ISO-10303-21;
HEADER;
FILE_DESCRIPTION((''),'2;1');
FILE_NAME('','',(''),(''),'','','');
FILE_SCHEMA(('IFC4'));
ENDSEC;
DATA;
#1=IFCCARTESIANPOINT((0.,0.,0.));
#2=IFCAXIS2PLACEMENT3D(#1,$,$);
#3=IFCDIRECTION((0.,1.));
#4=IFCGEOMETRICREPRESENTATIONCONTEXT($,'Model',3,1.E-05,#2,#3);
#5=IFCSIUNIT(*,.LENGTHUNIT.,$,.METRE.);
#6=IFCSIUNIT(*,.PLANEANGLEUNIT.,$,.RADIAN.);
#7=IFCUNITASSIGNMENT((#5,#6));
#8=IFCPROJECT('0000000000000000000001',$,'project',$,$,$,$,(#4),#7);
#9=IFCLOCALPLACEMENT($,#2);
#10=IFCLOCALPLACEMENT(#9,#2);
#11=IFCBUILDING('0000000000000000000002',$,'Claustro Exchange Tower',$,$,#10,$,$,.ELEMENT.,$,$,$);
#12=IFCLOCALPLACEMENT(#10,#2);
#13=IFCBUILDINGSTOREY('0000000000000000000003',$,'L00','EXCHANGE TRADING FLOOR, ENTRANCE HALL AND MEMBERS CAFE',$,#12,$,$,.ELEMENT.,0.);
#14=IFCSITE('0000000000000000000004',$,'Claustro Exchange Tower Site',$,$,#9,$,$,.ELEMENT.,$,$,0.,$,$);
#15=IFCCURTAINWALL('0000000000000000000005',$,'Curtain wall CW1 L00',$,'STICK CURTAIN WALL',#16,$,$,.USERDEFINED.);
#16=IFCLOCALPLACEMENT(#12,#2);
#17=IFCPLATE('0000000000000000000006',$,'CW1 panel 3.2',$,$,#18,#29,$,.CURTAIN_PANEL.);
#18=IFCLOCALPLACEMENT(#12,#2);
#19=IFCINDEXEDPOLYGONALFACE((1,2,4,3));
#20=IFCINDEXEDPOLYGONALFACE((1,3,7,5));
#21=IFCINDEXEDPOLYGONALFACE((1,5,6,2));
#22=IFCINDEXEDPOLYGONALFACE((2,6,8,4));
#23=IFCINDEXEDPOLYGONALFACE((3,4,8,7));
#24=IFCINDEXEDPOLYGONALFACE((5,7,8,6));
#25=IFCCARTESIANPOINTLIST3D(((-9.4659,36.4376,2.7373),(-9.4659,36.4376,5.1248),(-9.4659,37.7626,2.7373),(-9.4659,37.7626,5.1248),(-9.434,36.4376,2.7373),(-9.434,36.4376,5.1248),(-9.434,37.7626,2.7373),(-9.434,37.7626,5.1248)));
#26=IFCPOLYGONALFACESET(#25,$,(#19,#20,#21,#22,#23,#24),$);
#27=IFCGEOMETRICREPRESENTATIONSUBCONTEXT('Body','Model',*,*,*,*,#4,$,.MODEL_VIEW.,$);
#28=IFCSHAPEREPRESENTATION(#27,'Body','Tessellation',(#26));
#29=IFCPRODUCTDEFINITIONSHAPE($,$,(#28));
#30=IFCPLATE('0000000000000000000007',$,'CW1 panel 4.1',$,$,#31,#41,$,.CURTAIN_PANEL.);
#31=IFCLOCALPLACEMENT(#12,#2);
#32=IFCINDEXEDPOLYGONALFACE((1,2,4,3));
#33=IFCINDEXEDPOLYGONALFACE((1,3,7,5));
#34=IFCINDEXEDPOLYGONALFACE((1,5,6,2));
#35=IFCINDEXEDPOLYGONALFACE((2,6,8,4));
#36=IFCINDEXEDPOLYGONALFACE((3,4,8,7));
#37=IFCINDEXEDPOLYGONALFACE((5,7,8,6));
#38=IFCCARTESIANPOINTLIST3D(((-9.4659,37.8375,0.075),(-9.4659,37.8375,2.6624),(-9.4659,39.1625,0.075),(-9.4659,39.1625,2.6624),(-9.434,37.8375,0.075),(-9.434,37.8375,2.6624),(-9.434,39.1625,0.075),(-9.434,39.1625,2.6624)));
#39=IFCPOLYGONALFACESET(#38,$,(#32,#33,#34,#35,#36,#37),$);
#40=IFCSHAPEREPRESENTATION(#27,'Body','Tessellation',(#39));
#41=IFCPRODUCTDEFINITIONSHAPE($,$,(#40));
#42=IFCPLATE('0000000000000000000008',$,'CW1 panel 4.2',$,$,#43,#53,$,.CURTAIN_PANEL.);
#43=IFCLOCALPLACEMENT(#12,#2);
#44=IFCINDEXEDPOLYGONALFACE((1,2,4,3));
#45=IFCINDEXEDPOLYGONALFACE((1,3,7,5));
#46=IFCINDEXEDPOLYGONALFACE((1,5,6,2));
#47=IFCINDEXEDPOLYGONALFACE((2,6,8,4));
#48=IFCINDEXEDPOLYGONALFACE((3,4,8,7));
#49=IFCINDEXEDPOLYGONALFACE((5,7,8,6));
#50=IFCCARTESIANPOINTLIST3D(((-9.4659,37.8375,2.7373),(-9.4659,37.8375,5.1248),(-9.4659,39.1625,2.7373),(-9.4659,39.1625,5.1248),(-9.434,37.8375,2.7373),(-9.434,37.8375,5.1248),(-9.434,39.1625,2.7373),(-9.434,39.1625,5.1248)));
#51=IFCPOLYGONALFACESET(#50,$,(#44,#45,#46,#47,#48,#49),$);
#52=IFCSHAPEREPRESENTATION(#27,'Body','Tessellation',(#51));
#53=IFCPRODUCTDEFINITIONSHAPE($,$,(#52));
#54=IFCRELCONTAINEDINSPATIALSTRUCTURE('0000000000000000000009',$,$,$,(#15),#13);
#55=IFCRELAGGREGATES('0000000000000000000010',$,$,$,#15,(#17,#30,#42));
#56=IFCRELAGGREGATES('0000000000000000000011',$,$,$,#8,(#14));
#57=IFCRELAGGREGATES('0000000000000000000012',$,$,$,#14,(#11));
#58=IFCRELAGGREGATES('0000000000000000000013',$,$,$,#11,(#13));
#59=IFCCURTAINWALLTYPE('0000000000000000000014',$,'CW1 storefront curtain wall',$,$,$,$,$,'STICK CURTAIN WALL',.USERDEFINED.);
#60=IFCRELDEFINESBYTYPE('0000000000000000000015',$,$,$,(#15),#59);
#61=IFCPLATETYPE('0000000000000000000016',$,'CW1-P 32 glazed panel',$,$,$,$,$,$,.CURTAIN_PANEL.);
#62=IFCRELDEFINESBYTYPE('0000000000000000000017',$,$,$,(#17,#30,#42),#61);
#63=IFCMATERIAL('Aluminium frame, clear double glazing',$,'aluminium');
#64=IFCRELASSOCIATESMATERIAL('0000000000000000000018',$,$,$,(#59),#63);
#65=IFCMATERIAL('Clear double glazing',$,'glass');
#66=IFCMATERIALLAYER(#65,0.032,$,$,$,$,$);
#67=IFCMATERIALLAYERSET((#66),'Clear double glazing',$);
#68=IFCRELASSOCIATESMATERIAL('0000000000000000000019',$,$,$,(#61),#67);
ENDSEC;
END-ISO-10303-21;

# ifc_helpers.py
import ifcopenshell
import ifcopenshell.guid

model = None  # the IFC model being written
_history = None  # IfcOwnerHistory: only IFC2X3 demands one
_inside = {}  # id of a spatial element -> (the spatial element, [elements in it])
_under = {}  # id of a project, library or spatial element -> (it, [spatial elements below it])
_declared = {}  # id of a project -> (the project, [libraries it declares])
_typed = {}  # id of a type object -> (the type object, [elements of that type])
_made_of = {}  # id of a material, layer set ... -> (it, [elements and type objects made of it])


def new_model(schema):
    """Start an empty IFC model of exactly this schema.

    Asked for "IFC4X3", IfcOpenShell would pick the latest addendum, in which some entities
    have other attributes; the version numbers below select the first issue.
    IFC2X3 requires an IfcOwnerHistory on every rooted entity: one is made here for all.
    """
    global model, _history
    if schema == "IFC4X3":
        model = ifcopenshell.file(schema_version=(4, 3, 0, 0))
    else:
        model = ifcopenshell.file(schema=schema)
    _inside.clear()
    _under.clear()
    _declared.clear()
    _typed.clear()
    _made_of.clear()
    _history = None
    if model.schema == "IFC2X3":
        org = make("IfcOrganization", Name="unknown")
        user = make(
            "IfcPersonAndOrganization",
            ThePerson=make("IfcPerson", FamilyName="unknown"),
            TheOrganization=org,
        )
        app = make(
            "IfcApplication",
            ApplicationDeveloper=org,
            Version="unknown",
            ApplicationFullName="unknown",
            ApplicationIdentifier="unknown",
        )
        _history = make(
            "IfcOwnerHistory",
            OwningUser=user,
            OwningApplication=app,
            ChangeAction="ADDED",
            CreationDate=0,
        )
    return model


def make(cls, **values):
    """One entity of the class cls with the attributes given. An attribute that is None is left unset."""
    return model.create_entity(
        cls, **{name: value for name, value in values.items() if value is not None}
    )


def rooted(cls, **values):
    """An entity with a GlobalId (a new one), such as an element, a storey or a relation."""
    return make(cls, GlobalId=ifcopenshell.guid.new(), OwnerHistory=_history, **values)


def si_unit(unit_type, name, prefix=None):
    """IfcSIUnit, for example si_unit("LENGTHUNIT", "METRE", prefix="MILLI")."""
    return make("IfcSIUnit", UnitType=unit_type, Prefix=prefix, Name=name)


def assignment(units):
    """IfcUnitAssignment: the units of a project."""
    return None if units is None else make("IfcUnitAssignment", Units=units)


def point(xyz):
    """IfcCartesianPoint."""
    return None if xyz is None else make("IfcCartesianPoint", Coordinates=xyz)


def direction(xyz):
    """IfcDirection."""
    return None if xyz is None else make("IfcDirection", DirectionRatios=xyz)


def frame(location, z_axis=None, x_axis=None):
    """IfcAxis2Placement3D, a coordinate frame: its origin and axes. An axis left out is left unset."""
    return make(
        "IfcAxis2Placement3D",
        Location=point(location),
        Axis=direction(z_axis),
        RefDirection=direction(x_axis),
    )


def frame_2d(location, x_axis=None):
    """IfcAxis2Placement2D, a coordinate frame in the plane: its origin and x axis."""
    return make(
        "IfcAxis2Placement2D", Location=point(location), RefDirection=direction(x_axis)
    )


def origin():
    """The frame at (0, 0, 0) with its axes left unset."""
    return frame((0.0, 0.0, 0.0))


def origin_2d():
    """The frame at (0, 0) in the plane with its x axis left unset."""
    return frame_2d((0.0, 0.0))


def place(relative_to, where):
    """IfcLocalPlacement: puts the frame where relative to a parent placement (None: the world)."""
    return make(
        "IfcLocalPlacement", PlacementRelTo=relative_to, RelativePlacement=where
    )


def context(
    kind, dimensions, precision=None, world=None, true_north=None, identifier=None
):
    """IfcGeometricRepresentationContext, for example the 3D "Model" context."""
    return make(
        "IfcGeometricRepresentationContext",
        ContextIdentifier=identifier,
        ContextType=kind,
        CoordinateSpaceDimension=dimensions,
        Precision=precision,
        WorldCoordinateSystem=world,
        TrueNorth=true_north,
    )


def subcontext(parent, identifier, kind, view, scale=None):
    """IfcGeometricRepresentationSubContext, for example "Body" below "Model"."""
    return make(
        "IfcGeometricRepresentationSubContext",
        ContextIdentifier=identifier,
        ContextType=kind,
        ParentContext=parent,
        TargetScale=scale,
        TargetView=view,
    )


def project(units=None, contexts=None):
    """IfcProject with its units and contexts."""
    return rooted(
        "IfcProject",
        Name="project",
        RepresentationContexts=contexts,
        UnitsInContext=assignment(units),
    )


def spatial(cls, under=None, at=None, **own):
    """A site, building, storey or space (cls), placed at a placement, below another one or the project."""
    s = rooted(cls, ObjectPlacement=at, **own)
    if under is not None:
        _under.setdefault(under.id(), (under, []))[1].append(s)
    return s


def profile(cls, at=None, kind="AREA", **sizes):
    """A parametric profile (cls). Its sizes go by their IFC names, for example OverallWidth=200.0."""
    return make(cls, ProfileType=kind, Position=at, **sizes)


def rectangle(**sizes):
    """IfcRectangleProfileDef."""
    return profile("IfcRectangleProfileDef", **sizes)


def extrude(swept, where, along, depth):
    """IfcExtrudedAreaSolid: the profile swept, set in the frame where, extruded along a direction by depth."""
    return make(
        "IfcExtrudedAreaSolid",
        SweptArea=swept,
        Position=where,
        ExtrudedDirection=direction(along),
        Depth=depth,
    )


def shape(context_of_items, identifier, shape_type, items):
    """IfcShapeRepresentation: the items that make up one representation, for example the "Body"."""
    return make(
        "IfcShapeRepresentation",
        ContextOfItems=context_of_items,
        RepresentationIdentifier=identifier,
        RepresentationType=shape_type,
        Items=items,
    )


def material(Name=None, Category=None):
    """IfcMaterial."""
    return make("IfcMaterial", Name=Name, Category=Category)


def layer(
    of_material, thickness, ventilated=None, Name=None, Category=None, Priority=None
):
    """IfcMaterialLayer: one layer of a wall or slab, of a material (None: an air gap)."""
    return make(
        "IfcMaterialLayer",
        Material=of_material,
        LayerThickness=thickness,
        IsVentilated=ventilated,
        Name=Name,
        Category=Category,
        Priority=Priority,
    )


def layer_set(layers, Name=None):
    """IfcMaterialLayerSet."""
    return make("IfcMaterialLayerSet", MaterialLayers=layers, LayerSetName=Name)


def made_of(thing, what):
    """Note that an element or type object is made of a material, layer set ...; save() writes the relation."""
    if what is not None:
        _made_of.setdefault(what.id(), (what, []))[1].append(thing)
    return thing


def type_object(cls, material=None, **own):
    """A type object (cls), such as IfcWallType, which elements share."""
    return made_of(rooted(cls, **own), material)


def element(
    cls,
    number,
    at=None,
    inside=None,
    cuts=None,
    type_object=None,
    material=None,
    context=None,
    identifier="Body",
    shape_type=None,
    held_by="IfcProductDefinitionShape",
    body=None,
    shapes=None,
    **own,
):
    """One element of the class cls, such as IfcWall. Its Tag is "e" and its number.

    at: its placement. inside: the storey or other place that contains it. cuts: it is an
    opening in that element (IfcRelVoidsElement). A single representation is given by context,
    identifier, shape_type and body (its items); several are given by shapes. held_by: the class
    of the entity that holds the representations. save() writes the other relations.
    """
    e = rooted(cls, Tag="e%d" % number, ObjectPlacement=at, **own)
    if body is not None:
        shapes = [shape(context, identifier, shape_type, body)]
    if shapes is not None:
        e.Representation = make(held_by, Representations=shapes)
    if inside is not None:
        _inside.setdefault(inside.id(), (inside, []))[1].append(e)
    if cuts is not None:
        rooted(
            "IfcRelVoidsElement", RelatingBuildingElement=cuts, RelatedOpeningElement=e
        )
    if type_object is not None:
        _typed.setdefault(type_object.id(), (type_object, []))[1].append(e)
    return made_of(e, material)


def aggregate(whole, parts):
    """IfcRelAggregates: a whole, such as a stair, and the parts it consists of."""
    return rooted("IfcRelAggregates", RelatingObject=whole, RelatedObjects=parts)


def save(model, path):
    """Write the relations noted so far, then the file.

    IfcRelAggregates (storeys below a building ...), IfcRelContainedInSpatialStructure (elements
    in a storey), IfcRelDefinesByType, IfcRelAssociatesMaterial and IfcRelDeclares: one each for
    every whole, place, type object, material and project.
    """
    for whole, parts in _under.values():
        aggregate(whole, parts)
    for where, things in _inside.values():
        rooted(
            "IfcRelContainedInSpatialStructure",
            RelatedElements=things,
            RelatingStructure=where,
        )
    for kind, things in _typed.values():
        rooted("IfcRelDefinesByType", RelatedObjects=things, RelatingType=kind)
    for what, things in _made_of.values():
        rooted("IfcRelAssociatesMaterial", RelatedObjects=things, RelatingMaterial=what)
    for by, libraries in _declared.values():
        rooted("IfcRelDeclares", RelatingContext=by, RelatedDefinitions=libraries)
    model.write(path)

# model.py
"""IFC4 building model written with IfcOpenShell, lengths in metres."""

from ifc_helpers import new_model, si_unit, direction, frame, origin, origin_2d, place, context, subcontext, project, spatial, rectangle, extrude, material, layer, layer_set, type_object, element, aggregate, save


model = new_model("IFC4")

# Units and contexts
model_context = context("Model", 3, precision=1e-05, world=origin(), true_north=direction((0.0, 1.0)))
body_context = subcontext(model_context, "Body", "Model", "MODEL_VIEW")
ifc_project = project(units=[si_unit("LENGTHUNIT", "METRE"), si_unit("PLANEANGLEUNIT", "RADIAN")], contexts=[model_context])

# Site, building, storey
site_placement = place(None, origin())
site = spatial("IfcSite", under=ifc_project, at=site_placement, Name="Claustro Exchange Tower Site", CompositionType="ELEMENT", RefElevation=0.0)
building_placement = place(site_placement, origin())
building = spatial("IfcBuilding", under=site, at=building_placement, Name="Claustro Exchange Tower", CompositionType="ELEMENT")
storey_placement = place(building_placement, origin())
storey = spatial("IfcBuildingStorey", under=building, at=storey_placement, Name="L00", Description="EXCHANGE TRADING FLOOR, ENTRANCE HALL AND MEMBERS CAFE", CompositionType="ELEMENT", Elevation=0.0)

# Curtain wall, plates
ifc_material_1 = material(Name="Aluminium frame, clear double glazing", Category="aluminium")
curtain_wall_type = type_object("IfcCurtainWallType", Name="CW1 storefront curtain wall", ElementType="STICK CURTAIN WALL", PredefinedType="USERDEFINED", material=ifc_material_1)
curtain_wall_placement = place(storey_placement, origin())
curtain_wall = element("IfcCurtainWall", 1, at=curtain_wall_placement, inside=storey, type_object=curtain_wall_type, Name="Curtain wall CW1 L00", ObjectType="STICK CURTAIN WALL", PredefinedType="USERDEFINED")
ifc_material_2 = material(Name="Clear double glazing", Category="glass")
ifc_layer = layer(ifc_material_2, 0.032)
ifc_layer_set = layer_set([ifc_layer], Name="Clear double glazing")
plate_type = type_object("IfcPlateType", Name="CW1-P 32 glazed panel", PredefinedType="CURTAIN_PANEL", material=ifc_layer_set)
plate_1_placement = place(storey_placement, frame((-9.45, 37.1001, 2.7373), z_axis=(0.0, 0.0, 1.0), x_axis=(0.0, 1.0, 0.0)))
plate_1 = element("IfcPlate", 2, at=plate_1_placement, type_object=plate_type, Name="CW1 panel 3.2", PredefinedType="CURTAIN_PANEL", context=body_context, shape_type="SweptSolid", body=[
    extrude(rectangle(XDim=1.325, YDim=0.032, at=origin_2d()), origin(), (0.0, 0.0, 1.0), 2.3875),
])
plate_2_placement = place(storey_placement, frame((-9.45, 38.5, 0.075), z_axis=(0.0, 0.0, 1.0), x_axis=(0.0, 1.0, 0.0)))
plate_2 = element("IfcPlate", 3, at=plate_2_placement, type_object=plate_type, Name="CW1 panel 4.1", PredefinedType="CURTAIN_PANEL", context=body_context, shape_type="SweptSolid", body=[
    extrude(rectangle(XDim=1.325, YDim=0.032, at=origin_2d()), origin(), (0.0, 0.0, 1.0), 2.5874),
])
plate_3_placement = place(storey_placement, frame((-9.45, 38.5, 2.7373), z_axis=(0.0, 0.0, 1.0), x_axis=(0.0, 1.0, 0.0)))
plate_3 = element("IfcPlate", 4, at=plate_3_placement, type_object=plate_type, Name="CW1 panel 4.2", PredefinedType="CURTAIN_PANEL", context=body_context, shape_type="SweptSolid", body=[
    extrude(rectangle(XDim=1.325, YDim=0.032, at=origin_2d()), origin(), (0.0, 0.0, 1.0), 2.3875),
])
aggregate(curtain_wall, [plate_1, plate_2, plate_3])

save(model, "model.ifc")
